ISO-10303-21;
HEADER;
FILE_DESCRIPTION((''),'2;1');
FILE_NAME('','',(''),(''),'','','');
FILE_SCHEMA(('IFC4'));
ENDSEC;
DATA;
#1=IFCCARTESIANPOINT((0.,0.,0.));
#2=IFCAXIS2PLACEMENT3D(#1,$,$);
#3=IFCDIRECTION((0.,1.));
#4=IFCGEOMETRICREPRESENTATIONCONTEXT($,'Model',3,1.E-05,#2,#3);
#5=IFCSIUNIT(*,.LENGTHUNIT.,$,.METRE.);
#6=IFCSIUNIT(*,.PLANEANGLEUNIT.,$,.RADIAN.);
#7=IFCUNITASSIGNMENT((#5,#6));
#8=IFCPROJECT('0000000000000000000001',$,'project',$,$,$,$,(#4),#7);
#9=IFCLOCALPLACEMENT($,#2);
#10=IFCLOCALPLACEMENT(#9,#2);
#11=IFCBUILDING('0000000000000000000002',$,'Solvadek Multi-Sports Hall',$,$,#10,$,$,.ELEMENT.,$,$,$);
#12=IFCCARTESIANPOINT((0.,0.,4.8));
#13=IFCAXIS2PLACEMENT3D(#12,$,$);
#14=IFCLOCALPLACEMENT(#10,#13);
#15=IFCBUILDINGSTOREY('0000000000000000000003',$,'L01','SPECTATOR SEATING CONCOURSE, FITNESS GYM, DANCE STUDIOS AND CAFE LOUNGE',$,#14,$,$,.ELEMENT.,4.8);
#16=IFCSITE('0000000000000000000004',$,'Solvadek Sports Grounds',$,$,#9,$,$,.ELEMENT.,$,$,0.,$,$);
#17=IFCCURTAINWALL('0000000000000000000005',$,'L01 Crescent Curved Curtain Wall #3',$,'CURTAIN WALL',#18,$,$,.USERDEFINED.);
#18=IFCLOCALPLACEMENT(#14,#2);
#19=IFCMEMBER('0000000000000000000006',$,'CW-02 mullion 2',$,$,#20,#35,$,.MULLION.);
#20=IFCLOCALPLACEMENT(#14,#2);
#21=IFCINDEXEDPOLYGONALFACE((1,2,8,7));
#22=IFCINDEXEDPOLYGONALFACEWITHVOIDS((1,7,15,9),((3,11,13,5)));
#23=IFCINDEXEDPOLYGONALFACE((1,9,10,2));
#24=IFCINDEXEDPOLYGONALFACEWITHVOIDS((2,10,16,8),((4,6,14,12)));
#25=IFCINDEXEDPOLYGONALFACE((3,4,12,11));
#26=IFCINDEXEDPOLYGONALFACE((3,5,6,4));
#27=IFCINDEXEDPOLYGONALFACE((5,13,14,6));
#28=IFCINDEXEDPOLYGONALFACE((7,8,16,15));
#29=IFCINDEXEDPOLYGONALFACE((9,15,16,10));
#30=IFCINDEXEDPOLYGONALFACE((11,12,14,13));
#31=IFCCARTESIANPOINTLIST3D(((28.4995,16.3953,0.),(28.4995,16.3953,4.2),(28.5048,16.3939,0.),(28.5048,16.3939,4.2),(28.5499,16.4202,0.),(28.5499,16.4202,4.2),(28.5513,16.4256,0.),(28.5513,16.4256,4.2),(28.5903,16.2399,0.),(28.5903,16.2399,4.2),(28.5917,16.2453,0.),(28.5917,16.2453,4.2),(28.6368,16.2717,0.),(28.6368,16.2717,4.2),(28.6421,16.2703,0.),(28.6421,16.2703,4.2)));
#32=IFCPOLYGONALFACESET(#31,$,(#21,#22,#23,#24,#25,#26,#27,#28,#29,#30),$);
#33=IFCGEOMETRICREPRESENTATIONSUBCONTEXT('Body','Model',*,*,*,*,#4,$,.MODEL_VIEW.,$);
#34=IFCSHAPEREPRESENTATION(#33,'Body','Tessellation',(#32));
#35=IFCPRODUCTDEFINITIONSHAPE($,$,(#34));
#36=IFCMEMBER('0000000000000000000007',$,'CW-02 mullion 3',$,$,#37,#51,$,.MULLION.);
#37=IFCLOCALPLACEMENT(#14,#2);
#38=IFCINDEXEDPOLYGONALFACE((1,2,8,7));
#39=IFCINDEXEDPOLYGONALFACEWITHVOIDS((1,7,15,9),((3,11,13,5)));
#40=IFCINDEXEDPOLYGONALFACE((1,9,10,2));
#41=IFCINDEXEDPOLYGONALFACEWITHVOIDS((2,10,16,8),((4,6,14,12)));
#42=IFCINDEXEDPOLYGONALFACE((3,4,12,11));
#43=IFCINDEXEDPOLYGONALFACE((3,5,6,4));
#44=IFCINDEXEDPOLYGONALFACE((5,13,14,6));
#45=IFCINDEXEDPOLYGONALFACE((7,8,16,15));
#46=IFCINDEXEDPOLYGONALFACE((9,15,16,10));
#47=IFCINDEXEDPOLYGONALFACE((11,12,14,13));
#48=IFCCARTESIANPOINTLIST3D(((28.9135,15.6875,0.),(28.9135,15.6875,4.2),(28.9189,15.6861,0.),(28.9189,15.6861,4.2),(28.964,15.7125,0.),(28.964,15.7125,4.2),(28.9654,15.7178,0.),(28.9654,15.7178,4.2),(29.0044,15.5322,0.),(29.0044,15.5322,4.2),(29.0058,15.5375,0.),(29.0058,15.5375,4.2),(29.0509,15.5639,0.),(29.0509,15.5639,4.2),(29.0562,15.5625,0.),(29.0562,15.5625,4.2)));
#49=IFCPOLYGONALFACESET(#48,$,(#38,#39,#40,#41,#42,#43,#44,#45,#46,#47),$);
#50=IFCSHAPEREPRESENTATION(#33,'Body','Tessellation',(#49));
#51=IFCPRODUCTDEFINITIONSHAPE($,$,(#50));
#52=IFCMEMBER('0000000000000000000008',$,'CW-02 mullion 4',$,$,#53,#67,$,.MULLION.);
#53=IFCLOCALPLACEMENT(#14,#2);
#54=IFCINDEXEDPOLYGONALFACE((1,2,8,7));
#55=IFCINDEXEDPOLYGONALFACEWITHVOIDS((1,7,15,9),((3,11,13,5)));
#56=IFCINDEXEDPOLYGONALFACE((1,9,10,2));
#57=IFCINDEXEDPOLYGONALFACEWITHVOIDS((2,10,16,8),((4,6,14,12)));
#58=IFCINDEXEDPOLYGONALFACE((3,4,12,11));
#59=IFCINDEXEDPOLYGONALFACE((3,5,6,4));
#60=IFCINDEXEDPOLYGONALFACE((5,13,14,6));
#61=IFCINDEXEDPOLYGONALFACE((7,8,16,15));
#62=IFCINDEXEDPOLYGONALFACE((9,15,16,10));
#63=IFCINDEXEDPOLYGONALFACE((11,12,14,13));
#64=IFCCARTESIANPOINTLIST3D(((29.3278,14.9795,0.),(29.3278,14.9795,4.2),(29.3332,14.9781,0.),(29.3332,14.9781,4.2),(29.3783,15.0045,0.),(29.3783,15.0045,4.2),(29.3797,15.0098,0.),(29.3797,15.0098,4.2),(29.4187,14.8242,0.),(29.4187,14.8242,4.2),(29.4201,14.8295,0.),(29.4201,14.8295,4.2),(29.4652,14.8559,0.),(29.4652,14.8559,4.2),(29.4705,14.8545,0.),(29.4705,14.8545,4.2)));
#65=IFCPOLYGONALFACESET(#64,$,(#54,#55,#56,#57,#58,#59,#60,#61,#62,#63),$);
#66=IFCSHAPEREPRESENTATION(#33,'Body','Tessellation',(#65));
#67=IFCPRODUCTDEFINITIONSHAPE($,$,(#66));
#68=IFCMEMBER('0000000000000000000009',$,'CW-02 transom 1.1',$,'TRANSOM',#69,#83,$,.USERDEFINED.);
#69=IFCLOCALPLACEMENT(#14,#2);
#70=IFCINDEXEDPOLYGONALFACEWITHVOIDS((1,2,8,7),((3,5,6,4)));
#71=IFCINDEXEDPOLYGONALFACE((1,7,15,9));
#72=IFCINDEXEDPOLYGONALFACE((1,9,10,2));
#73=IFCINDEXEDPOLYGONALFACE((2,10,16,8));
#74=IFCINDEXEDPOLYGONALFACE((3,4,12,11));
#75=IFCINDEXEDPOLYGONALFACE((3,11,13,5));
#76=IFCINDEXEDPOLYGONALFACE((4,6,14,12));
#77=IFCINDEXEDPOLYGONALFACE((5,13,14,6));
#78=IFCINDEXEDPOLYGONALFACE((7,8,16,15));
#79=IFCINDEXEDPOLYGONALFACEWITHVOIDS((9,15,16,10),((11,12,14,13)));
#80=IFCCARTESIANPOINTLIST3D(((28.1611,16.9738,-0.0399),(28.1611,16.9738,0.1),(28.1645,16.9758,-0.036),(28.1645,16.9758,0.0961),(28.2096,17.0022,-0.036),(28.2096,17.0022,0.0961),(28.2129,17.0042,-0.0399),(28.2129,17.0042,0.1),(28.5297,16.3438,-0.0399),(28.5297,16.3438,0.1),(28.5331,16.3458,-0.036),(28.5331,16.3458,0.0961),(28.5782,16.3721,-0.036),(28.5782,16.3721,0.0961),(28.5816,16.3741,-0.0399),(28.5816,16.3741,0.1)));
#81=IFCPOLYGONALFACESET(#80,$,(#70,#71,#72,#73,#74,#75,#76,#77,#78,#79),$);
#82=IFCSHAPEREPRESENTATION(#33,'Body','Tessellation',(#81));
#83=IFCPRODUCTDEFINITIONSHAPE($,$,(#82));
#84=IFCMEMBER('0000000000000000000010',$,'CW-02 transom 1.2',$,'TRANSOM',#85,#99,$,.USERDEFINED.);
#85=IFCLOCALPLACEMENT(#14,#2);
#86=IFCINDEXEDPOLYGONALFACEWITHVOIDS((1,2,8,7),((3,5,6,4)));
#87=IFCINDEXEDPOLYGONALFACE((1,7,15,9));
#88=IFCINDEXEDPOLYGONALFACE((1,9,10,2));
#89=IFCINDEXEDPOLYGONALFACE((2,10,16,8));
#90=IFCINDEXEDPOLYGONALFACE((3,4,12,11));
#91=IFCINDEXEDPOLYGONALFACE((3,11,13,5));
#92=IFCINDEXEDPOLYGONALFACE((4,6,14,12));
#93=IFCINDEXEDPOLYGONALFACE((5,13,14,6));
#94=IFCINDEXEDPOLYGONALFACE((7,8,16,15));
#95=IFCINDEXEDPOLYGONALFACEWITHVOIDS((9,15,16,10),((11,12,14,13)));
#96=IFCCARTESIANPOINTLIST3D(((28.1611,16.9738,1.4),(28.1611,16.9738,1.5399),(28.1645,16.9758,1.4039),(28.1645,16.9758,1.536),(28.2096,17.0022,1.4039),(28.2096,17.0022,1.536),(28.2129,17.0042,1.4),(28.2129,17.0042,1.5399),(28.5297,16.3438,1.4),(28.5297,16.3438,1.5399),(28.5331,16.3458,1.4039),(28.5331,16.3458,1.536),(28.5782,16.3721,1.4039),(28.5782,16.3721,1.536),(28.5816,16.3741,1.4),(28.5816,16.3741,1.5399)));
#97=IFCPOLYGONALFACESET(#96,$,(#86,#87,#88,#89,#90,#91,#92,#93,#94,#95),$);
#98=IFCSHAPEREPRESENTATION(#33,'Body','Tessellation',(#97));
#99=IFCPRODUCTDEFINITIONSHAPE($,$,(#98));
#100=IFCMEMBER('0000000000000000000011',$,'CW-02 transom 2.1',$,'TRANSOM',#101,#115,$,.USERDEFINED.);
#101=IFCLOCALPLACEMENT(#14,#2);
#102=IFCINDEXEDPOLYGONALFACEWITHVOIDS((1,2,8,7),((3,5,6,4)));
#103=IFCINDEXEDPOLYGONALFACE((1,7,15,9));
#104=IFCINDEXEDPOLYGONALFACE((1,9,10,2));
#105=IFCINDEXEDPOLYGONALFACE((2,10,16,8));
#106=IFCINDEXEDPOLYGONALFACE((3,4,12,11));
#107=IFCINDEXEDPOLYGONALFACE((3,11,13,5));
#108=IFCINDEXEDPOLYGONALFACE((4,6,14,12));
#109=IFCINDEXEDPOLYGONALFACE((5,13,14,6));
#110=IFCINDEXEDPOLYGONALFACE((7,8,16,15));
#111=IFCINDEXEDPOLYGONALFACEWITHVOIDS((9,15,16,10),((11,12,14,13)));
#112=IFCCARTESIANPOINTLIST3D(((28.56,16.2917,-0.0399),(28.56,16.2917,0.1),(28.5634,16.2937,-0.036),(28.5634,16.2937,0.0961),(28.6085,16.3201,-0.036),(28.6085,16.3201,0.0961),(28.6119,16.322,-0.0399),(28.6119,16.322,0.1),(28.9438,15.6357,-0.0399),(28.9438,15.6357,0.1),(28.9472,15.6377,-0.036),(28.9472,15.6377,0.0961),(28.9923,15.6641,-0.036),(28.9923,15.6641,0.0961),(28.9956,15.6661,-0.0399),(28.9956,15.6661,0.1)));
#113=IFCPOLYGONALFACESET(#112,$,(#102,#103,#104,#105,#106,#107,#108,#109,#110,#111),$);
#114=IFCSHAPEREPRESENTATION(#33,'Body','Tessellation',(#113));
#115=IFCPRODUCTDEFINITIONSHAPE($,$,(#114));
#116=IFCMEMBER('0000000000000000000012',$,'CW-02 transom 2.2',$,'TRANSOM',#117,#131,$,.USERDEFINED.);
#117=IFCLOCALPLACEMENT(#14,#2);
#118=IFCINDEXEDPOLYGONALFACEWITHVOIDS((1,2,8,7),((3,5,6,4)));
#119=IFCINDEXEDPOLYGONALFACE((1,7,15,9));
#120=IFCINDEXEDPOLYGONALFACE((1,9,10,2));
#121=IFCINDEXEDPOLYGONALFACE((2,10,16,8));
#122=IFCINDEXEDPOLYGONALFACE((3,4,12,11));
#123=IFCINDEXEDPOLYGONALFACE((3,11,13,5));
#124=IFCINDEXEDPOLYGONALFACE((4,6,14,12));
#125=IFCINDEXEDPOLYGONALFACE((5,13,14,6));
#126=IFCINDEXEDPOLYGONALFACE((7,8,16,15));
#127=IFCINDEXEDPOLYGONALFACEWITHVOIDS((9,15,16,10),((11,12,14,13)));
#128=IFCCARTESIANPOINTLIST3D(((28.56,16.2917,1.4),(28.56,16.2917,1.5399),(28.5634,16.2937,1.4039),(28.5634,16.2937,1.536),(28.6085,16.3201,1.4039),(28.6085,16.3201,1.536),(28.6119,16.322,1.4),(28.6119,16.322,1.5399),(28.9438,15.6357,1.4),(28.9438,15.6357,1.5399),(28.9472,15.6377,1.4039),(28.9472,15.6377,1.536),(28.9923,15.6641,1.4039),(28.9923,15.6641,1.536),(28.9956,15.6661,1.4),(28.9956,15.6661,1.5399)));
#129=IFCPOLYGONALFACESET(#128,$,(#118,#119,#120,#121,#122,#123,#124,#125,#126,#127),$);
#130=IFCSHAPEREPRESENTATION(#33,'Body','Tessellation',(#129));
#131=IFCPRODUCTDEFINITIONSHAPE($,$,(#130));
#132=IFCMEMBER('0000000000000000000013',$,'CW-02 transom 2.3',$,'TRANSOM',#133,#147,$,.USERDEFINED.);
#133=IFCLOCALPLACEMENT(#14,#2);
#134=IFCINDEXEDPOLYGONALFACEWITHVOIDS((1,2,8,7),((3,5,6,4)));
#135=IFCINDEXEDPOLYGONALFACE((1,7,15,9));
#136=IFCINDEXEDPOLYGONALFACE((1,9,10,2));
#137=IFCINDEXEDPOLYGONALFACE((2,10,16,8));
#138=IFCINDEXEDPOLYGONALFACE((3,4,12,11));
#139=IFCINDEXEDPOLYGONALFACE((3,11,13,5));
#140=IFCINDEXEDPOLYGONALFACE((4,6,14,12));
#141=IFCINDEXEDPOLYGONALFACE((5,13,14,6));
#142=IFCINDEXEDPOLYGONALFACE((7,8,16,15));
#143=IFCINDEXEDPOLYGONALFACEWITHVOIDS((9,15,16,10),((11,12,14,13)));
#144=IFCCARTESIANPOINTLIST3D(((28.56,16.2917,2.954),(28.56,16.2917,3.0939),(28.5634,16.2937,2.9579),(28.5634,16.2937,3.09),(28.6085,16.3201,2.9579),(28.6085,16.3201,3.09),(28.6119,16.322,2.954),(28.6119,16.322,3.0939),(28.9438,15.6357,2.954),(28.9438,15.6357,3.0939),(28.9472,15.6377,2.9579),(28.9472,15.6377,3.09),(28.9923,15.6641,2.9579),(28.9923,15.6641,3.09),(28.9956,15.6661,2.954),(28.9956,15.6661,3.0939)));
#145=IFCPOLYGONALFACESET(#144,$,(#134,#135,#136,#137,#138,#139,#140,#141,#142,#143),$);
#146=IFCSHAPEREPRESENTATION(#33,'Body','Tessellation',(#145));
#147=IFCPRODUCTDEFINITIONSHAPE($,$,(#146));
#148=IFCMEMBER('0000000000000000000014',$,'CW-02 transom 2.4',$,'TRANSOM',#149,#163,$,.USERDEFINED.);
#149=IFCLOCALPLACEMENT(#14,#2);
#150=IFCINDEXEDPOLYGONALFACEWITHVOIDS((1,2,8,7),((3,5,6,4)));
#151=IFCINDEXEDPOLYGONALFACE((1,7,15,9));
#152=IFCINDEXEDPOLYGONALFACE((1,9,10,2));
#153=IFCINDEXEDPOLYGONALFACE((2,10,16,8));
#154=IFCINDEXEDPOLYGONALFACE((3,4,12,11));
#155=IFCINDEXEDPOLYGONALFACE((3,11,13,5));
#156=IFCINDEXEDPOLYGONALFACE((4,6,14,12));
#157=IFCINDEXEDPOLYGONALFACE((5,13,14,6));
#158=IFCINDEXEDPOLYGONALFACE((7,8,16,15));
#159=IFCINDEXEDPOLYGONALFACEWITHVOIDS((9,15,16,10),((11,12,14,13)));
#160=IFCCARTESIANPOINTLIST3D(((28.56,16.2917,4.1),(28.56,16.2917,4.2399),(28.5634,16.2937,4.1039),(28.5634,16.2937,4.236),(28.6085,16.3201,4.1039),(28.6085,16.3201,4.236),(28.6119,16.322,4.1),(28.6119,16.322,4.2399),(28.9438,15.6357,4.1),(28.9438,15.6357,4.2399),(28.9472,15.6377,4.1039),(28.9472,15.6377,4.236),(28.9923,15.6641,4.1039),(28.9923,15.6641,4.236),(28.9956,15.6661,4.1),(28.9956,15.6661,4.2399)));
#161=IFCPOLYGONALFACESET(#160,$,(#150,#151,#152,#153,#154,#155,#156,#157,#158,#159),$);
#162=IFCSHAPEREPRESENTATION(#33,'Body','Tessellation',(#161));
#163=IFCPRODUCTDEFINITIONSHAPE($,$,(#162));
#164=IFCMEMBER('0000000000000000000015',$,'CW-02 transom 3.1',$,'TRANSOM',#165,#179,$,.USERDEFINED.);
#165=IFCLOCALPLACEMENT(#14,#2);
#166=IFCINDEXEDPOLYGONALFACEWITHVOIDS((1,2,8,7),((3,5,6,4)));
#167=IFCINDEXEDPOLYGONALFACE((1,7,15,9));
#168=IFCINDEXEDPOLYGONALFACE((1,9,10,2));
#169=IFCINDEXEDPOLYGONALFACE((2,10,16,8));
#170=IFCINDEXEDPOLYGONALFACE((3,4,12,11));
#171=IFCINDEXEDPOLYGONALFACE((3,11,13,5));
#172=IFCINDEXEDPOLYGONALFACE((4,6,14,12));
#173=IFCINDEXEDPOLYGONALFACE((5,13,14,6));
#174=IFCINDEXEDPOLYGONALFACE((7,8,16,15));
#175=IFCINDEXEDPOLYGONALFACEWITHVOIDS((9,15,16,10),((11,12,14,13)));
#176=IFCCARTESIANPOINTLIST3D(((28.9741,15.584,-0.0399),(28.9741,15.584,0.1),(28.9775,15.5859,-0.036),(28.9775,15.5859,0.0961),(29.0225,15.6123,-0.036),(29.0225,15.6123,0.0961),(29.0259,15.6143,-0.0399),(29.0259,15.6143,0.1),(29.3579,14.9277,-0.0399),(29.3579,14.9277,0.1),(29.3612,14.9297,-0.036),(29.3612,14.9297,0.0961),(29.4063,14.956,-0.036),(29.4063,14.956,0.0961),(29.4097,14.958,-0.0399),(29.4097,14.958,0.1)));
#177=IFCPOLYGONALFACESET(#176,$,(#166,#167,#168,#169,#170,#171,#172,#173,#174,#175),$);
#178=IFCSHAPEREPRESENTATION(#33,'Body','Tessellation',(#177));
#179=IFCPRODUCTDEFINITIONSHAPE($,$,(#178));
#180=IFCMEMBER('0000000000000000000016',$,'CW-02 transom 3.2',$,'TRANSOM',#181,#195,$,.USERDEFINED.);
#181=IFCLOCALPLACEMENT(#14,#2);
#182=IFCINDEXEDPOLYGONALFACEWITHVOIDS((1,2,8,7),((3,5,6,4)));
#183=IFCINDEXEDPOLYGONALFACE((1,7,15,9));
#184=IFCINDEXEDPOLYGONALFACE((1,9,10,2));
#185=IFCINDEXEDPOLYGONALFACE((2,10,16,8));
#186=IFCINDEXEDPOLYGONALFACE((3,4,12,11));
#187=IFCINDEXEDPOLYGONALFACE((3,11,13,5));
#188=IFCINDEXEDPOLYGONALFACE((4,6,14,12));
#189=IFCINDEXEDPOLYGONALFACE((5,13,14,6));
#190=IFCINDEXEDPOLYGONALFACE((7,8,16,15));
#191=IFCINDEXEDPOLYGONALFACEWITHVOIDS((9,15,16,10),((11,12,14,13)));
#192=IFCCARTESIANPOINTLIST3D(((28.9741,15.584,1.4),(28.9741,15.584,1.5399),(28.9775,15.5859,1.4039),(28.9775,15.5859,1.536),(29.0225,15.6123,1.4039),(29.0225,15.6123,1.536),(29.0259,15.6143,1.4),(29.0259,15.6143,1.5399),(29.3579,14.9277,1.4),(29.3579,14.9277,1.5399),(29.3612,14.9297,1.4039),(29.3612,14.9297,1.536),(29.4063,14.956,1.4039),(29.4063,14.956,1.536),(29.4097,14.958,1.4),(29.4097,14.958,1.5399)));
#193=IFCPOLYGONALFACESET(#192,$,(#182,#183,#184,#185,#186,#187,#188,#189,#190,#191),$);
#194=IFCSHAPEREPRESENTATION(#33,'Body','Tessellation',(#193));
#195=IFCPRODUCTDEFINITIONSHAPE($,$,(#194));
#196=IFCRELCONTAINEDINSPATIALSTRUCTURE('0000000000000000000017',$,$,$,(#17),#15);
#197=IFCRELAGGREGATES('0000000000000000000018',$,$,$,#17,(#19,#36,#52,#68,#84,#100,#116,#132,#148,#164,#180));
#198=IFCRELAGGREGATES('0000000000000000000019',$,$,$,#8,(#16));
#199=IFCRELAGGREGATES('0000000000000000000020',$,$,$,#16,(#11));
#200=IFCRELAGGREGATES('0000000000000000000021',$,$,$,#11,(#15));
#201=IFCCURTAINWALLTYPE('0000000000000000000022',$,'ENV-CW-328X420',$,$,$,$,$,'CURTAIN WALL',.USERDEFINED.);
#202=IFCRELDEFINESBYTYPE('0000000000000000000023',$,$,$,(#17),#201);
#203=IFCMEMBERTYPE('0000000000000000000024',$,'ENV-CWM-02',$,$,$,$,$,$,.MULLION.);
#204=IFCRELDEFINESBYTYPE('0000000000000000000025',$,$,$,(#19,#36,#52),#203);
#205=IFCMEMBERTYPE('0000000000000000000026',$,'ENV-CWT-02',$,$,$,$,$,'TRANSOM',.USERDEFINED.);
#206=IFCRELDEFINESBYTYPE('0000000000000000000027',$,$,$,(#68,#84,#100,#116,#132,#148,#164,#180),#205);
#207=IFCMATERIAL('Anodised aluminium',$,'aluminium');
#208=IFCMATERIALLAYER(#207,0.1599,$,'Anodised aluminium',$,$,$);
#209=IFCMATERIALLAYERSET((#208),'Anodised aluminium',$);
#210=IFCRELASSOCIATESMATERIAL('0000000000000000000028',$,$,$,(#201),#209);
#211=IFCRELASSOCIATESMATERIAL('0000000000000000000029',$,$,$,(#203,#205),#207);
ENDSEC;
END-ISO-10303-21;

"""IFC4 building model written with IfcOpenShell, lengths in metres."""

from ifc_helpers import new_model, si_unit, direction, frame, origin, origin_2d, place, context, subcontext, project, spatial, hollow_rectangle, extrude, material, layer, layer_set, material_profile, profile_set, type_object, element, aggregate, save


model = new_model("IFC4")

# Units and contexts
model_context = context("Model", 3, precision=1e-05, world=origin(), true_north=direction((0.0, 1.0)))
body_context = subcontext(model_context, "Body", "Model", "MODEL_VIEW")
ifc_project = project(units=[si_unit("LENGTHUNIT", "METRE"), si_unit("PLANEANGLEUNIT", "RADIAN")], contexts=[model_context])

# Site, building, storey
site_placement = place(None, origin())
site = spatial("IfcSite", under=ifc_project, at=site_placement, Name="Solvadek Sports Grounds", CompositionType="ELEMENT", RefElevation=0.0)
building_placement = place(site_placement, origin())
building = spatial("IfcBuilding", under=site, at=building_placement, Name="Solvadek Multi-Sports Hall", CompositionType="ELEMENT")
storey_placement = place(building_placement, frame((0.0, 0.0, 4.8)))
storey = spatial("IfcBuildingStorey", under=building, at=storey_placement, Name="L01", Description="SPECTATOR SEATING CONCOURSE, FITNESS GYM, DANCE STUDIOS AND CAFE LOUNGE", CompositionType="ELEMENT", Elevation=4.8)

# Curtain wall, members
ifc_material_1 = material(Name="Anodised aluminium", Category="aluminium")
ifc_layer_1 = layer(ifc_material_1, 0.1599, Name="Anodised aluminium")
ifc_layer_set_1 = layer_set([ifc_layer_1], Name="Anodised aluminium")
curtain_wall_type = type_object("IfcCurtainWallType", Name="ENV-CW-328X420", ElementType="CURTAIN WALL", PredefinedType="USERDEFINED", material=ifc_layer_set_1)
curtain_wall_placement = place(storey_placement, origin())
curtain_wall = element("IfcCurtainWall", 1, at=curtain_wall_placement, inside=storey, type_object=curtain_wall_type, Name="L01 Crescent Curved Curtain Wall #3", ObjectType="CURTAIN WALL", PredefinedType="USERDEFINED")
ifc_material_profile_1 = material_profile(ifc_material_1, hollow_rectangle(XDim=0.0601, YDim=0.1799, WallThickness=0.0039, at=origin_2d()), Name="ALU-M 180x60x4")
ifc_profile_set_1 = profile_set([ifc_material_profile_1], Name="Anodised aluminium")
member_type_1 = type_object("IfcMemberType", Name="ENV-CWM-02", PredefinedType="MULLION", material=ifc_profile_set_1)
member_1_placement = place(storey_placement, frame((28.5708, 16.3328, 0.0), z_axis=(0.0, 0.0, 1.0), x_axis=(0.863145, 0.504957, 0.0)))
member_1 = element("IfcMember", 2, at=member_1_placement, type_object=member_type_1, Name="CW-02 mullion 2", PredefinedType="MULLION", context=body_context, shape_type="SweptSolid", body=[
    extrude(hollow_rectangle(XDim=0.0601, YDim=0.1799, WallThickness=0.0039, at=origin_2d()), origin(), (0.0, 0.0, 1.0), 4.2),
])
member_2_placement = place(storey_placement, frame((28.9849, 15.625, 0.0), z_axis=(0.0, 0.0, 1.0), x_axis=(0.863145, 0.504957, 0.0)))
member_2 = element("IfcMember", 3, at=member_2_placement, type_object=member_type_1, Name="CW-02 mullion 3", PredefinedType="MULLION", context=body_context, shape_type="SweptSolid", body=[
    extrude(hollow_rectangle(XDim=0.0601, YDim=0.1799, WallThickness=0.0039, at=origin_2d()), origin(), (0.0, 0.0, 1.0), 4.2),
])
member_3_placement = place(storey_placement, frame((29.3992, 14.917, 0.0), z_axis=(0.0, 0.0, 1.0), x_axis=(0.863145, 0.504957, 0.0)))
member_3 = element("IfcMember", 4, at=member_3_placement, type_object=member_type_1, Name="CW-02 mullion 4", PredefinedType="MULLION", context=body_context, shape_type="SweptSolid", body=[
    extrude(hollow_rectangle(XDim=0.0601, YDim=0.1799, WallThickness=0.0039, at=origin_2d()), origin(), (0.0, 0.0, 1.0), 4.2),
])
ifc_material_profile_2 = material_profile(ifc_material_1, hollow_rectangle(XDim=0.0601, YDim=0.1399, WallThickness=0.0039, at=origin_2d()), Name="ALU-T 140x60x4")
ifc_profile_set_2 = profile_set([ifc_material_profile_2], Name="Anodised aluminium")
member_type_2 = type_object("IfcMemberType", Name="ENV-CWT-02", ElementType="TRANSOM", PredefinedType="USERDEFINED", material=ifc_profile_set_2)
member_4_placement = place(storey_placement, frame((28.187, 16.989, 0.03), z_axis=(0.504973, -0.863135, 0.0), x_axis=(0.863135, 0.504973, 0.0)))
member_4 = element("IfcMember", 5, at=member_4_placement, type_object=member_type_2, Name="CW-02 transom 1.1", ObjectType="TRANSOM", PredefinedType="USERDEFINED", context=body_context, shape_type="SweptSolid", body=[
    extrude(hollow_rectangle(XDim=0.0601, YDim=0.1399, WallThickness=0.0039, at=origin_2d()), origin(), (0.0, 0.0, 1.0), 0.73),
])
member_5_placement = place(storey_placement, frame((28.187, 16.989, 1.47), z_axis=(0.504973, -0.863135, 0.0), x_axis=(0.863135, 0.504973, 0.0)))
member_5 = element("IfcMember", 6, at=member_5_placement, type_object=member_type_2, Name="CW-02 transom 1.2", ObjectType="TRANSOM", PredefinedType="USERDEFINED", context=body_context, shape_type="SweptSolid", body=[
    extrude(hollow_rectangle(XDim=0.0601, YDim=0.1399, WallThickness=0.0039, at=origin_2d()), origin(), (0.0, 0.0, 1.0), 0.73),
])
member_6_placement = place(storey_placement, frame((28.5859, 16.3069, 0.03), z_axis=(0.504969, -0.863137, 0.0), x_axis=(0.863137, 0.504969, 0.0)))
member_6 = element("IfcMember", 7, at=member_6_placement, type_object=member_type_2, Name="CW-02 transom 2.1", ObjectType="TRANSOM", PredefinedType="USERDEFINED", context=body_context, shape_type="SweptSolid", body=[
    extrude(hollow_rectangle(XDim=0.0601, YDim=0.1399, WallThickness=0.0039, at=origin_2d()), origin(), (0.0, 0.0, 1.0), 0.76),
])
member_7_placement = place(storey_placement, frame((28.5859, 16.3069, 1.47), z_axis=(0.504969, -0.863137, 0.0), x_axis=(0.863137, 0.504969, 0.0)))
member_7 = element("IfcMember", 8, at=member_7_placement, type_object=member_type_2, Name="CW-02 transom 2.2", ObjectType="TRANSOM", PredefinedType="USERDEFINED", context=body_context, shape_type="SweptSolid", body=[
    extrude(hollow_rectangle(XDim=0.0601, YDim=0.1399, WallThickness=0.0039, at=origin_2d()), origin(), (0.0, 0.0, 1.0), 0.76),
])
member_8_placement = place(storey_placement, frame((28.5859, 16.3069, 3.0239), z_axis=(0.504969, -0.863137, 0.0), x_axis=(0.863137, 0.504969, 0.0)))
member_8 = element("IfcMember", 9, at=member_8_placement, type_object=member_type_2, Name="CW-02 transom 2.3", ObjectType="TRANSOM", PredefinedType="USERDEFINED", context=body_context, shape_type="SweptSolid", body=[
    extrude(hollow_rectangle(XDim=0.0601, YDim=0.1399, WallThickness=0.0039, at=origin_2d()), origin(), (0.0, 0.0, 1.0), 0.76),
])
member_9_placement = place(storey_placement, frame((28.5859, 16.3069, 4.1699), z_axis=(0.504969, -0.863137, 0.0), x_axis=(0.863137, 0.504969, 0.0)))
member_9 = element("IfcMember", 10, at=member_9_placement, type_object=member_type_2, Name="CW-02 transom 2.4", ObjectType="TRANSOM", PredefinedType="USERDEFINED", context=body_context, shape_type="SweptSolid", body=[
    extrude(hollow_rectangle(XDim=0.0601, YDim=0.1399, WallThickness=0.0039, at=origin_2d()), origin(), (0.0, 0.0, 1.0), 0.76),
])
member_10_placement = place(storey_placement, frame((29.0, 15.5991, 0.03), z_axis=(0.504829, -0.863219, 0.0), x_axis=(0.863219, 0.504829, 0.0)))
member_10 = element("IfcMember", 11, at=member_10_placement, type_object=member_type_2, Name="CW-02 transom 3.1", ObjectType="TRANSOM", PredefinedType="USERDEFINED", context=body_context, shape_type="SweptSolid", body=[
    extrude(hollow_rectangle(XDim=0.0601, YDim=0.1399, WallThickness=0.0039, at=origin_2d()), origin(), (0.0, 0.0, 1.0), 0.7603),
])
member_11_placement = place(storey_placement, frame((29.0, 15.5991, 1.47), z_axis=(0.504829, -0.863219, 0.0), x_axis=(0.863219, 0.504829, 0.0)))
member_11 = element("IfcMember", 12, at=member_11_placement, type_object=member_type_2, Name="CW-02 transom 3.2", ObjectType="TRANSOM", PredefinedType="USERDEFINED", context=body_context, shape_type="SweptSolid", body=[
    extrude(hollow_rectangle(XDim=0.0601, YDim=0.1399, WallThickness=0.0039, at=origin_2d()), origin(), (0.0, 0.0, 1.0), 0.7603),
])
aggregate(curtain_wall, [member_1, member_2, member_3, member_4, member_5, member_6, member_7, member_8, member_9, member_10, member_11])

save(model, "model.ifc")
